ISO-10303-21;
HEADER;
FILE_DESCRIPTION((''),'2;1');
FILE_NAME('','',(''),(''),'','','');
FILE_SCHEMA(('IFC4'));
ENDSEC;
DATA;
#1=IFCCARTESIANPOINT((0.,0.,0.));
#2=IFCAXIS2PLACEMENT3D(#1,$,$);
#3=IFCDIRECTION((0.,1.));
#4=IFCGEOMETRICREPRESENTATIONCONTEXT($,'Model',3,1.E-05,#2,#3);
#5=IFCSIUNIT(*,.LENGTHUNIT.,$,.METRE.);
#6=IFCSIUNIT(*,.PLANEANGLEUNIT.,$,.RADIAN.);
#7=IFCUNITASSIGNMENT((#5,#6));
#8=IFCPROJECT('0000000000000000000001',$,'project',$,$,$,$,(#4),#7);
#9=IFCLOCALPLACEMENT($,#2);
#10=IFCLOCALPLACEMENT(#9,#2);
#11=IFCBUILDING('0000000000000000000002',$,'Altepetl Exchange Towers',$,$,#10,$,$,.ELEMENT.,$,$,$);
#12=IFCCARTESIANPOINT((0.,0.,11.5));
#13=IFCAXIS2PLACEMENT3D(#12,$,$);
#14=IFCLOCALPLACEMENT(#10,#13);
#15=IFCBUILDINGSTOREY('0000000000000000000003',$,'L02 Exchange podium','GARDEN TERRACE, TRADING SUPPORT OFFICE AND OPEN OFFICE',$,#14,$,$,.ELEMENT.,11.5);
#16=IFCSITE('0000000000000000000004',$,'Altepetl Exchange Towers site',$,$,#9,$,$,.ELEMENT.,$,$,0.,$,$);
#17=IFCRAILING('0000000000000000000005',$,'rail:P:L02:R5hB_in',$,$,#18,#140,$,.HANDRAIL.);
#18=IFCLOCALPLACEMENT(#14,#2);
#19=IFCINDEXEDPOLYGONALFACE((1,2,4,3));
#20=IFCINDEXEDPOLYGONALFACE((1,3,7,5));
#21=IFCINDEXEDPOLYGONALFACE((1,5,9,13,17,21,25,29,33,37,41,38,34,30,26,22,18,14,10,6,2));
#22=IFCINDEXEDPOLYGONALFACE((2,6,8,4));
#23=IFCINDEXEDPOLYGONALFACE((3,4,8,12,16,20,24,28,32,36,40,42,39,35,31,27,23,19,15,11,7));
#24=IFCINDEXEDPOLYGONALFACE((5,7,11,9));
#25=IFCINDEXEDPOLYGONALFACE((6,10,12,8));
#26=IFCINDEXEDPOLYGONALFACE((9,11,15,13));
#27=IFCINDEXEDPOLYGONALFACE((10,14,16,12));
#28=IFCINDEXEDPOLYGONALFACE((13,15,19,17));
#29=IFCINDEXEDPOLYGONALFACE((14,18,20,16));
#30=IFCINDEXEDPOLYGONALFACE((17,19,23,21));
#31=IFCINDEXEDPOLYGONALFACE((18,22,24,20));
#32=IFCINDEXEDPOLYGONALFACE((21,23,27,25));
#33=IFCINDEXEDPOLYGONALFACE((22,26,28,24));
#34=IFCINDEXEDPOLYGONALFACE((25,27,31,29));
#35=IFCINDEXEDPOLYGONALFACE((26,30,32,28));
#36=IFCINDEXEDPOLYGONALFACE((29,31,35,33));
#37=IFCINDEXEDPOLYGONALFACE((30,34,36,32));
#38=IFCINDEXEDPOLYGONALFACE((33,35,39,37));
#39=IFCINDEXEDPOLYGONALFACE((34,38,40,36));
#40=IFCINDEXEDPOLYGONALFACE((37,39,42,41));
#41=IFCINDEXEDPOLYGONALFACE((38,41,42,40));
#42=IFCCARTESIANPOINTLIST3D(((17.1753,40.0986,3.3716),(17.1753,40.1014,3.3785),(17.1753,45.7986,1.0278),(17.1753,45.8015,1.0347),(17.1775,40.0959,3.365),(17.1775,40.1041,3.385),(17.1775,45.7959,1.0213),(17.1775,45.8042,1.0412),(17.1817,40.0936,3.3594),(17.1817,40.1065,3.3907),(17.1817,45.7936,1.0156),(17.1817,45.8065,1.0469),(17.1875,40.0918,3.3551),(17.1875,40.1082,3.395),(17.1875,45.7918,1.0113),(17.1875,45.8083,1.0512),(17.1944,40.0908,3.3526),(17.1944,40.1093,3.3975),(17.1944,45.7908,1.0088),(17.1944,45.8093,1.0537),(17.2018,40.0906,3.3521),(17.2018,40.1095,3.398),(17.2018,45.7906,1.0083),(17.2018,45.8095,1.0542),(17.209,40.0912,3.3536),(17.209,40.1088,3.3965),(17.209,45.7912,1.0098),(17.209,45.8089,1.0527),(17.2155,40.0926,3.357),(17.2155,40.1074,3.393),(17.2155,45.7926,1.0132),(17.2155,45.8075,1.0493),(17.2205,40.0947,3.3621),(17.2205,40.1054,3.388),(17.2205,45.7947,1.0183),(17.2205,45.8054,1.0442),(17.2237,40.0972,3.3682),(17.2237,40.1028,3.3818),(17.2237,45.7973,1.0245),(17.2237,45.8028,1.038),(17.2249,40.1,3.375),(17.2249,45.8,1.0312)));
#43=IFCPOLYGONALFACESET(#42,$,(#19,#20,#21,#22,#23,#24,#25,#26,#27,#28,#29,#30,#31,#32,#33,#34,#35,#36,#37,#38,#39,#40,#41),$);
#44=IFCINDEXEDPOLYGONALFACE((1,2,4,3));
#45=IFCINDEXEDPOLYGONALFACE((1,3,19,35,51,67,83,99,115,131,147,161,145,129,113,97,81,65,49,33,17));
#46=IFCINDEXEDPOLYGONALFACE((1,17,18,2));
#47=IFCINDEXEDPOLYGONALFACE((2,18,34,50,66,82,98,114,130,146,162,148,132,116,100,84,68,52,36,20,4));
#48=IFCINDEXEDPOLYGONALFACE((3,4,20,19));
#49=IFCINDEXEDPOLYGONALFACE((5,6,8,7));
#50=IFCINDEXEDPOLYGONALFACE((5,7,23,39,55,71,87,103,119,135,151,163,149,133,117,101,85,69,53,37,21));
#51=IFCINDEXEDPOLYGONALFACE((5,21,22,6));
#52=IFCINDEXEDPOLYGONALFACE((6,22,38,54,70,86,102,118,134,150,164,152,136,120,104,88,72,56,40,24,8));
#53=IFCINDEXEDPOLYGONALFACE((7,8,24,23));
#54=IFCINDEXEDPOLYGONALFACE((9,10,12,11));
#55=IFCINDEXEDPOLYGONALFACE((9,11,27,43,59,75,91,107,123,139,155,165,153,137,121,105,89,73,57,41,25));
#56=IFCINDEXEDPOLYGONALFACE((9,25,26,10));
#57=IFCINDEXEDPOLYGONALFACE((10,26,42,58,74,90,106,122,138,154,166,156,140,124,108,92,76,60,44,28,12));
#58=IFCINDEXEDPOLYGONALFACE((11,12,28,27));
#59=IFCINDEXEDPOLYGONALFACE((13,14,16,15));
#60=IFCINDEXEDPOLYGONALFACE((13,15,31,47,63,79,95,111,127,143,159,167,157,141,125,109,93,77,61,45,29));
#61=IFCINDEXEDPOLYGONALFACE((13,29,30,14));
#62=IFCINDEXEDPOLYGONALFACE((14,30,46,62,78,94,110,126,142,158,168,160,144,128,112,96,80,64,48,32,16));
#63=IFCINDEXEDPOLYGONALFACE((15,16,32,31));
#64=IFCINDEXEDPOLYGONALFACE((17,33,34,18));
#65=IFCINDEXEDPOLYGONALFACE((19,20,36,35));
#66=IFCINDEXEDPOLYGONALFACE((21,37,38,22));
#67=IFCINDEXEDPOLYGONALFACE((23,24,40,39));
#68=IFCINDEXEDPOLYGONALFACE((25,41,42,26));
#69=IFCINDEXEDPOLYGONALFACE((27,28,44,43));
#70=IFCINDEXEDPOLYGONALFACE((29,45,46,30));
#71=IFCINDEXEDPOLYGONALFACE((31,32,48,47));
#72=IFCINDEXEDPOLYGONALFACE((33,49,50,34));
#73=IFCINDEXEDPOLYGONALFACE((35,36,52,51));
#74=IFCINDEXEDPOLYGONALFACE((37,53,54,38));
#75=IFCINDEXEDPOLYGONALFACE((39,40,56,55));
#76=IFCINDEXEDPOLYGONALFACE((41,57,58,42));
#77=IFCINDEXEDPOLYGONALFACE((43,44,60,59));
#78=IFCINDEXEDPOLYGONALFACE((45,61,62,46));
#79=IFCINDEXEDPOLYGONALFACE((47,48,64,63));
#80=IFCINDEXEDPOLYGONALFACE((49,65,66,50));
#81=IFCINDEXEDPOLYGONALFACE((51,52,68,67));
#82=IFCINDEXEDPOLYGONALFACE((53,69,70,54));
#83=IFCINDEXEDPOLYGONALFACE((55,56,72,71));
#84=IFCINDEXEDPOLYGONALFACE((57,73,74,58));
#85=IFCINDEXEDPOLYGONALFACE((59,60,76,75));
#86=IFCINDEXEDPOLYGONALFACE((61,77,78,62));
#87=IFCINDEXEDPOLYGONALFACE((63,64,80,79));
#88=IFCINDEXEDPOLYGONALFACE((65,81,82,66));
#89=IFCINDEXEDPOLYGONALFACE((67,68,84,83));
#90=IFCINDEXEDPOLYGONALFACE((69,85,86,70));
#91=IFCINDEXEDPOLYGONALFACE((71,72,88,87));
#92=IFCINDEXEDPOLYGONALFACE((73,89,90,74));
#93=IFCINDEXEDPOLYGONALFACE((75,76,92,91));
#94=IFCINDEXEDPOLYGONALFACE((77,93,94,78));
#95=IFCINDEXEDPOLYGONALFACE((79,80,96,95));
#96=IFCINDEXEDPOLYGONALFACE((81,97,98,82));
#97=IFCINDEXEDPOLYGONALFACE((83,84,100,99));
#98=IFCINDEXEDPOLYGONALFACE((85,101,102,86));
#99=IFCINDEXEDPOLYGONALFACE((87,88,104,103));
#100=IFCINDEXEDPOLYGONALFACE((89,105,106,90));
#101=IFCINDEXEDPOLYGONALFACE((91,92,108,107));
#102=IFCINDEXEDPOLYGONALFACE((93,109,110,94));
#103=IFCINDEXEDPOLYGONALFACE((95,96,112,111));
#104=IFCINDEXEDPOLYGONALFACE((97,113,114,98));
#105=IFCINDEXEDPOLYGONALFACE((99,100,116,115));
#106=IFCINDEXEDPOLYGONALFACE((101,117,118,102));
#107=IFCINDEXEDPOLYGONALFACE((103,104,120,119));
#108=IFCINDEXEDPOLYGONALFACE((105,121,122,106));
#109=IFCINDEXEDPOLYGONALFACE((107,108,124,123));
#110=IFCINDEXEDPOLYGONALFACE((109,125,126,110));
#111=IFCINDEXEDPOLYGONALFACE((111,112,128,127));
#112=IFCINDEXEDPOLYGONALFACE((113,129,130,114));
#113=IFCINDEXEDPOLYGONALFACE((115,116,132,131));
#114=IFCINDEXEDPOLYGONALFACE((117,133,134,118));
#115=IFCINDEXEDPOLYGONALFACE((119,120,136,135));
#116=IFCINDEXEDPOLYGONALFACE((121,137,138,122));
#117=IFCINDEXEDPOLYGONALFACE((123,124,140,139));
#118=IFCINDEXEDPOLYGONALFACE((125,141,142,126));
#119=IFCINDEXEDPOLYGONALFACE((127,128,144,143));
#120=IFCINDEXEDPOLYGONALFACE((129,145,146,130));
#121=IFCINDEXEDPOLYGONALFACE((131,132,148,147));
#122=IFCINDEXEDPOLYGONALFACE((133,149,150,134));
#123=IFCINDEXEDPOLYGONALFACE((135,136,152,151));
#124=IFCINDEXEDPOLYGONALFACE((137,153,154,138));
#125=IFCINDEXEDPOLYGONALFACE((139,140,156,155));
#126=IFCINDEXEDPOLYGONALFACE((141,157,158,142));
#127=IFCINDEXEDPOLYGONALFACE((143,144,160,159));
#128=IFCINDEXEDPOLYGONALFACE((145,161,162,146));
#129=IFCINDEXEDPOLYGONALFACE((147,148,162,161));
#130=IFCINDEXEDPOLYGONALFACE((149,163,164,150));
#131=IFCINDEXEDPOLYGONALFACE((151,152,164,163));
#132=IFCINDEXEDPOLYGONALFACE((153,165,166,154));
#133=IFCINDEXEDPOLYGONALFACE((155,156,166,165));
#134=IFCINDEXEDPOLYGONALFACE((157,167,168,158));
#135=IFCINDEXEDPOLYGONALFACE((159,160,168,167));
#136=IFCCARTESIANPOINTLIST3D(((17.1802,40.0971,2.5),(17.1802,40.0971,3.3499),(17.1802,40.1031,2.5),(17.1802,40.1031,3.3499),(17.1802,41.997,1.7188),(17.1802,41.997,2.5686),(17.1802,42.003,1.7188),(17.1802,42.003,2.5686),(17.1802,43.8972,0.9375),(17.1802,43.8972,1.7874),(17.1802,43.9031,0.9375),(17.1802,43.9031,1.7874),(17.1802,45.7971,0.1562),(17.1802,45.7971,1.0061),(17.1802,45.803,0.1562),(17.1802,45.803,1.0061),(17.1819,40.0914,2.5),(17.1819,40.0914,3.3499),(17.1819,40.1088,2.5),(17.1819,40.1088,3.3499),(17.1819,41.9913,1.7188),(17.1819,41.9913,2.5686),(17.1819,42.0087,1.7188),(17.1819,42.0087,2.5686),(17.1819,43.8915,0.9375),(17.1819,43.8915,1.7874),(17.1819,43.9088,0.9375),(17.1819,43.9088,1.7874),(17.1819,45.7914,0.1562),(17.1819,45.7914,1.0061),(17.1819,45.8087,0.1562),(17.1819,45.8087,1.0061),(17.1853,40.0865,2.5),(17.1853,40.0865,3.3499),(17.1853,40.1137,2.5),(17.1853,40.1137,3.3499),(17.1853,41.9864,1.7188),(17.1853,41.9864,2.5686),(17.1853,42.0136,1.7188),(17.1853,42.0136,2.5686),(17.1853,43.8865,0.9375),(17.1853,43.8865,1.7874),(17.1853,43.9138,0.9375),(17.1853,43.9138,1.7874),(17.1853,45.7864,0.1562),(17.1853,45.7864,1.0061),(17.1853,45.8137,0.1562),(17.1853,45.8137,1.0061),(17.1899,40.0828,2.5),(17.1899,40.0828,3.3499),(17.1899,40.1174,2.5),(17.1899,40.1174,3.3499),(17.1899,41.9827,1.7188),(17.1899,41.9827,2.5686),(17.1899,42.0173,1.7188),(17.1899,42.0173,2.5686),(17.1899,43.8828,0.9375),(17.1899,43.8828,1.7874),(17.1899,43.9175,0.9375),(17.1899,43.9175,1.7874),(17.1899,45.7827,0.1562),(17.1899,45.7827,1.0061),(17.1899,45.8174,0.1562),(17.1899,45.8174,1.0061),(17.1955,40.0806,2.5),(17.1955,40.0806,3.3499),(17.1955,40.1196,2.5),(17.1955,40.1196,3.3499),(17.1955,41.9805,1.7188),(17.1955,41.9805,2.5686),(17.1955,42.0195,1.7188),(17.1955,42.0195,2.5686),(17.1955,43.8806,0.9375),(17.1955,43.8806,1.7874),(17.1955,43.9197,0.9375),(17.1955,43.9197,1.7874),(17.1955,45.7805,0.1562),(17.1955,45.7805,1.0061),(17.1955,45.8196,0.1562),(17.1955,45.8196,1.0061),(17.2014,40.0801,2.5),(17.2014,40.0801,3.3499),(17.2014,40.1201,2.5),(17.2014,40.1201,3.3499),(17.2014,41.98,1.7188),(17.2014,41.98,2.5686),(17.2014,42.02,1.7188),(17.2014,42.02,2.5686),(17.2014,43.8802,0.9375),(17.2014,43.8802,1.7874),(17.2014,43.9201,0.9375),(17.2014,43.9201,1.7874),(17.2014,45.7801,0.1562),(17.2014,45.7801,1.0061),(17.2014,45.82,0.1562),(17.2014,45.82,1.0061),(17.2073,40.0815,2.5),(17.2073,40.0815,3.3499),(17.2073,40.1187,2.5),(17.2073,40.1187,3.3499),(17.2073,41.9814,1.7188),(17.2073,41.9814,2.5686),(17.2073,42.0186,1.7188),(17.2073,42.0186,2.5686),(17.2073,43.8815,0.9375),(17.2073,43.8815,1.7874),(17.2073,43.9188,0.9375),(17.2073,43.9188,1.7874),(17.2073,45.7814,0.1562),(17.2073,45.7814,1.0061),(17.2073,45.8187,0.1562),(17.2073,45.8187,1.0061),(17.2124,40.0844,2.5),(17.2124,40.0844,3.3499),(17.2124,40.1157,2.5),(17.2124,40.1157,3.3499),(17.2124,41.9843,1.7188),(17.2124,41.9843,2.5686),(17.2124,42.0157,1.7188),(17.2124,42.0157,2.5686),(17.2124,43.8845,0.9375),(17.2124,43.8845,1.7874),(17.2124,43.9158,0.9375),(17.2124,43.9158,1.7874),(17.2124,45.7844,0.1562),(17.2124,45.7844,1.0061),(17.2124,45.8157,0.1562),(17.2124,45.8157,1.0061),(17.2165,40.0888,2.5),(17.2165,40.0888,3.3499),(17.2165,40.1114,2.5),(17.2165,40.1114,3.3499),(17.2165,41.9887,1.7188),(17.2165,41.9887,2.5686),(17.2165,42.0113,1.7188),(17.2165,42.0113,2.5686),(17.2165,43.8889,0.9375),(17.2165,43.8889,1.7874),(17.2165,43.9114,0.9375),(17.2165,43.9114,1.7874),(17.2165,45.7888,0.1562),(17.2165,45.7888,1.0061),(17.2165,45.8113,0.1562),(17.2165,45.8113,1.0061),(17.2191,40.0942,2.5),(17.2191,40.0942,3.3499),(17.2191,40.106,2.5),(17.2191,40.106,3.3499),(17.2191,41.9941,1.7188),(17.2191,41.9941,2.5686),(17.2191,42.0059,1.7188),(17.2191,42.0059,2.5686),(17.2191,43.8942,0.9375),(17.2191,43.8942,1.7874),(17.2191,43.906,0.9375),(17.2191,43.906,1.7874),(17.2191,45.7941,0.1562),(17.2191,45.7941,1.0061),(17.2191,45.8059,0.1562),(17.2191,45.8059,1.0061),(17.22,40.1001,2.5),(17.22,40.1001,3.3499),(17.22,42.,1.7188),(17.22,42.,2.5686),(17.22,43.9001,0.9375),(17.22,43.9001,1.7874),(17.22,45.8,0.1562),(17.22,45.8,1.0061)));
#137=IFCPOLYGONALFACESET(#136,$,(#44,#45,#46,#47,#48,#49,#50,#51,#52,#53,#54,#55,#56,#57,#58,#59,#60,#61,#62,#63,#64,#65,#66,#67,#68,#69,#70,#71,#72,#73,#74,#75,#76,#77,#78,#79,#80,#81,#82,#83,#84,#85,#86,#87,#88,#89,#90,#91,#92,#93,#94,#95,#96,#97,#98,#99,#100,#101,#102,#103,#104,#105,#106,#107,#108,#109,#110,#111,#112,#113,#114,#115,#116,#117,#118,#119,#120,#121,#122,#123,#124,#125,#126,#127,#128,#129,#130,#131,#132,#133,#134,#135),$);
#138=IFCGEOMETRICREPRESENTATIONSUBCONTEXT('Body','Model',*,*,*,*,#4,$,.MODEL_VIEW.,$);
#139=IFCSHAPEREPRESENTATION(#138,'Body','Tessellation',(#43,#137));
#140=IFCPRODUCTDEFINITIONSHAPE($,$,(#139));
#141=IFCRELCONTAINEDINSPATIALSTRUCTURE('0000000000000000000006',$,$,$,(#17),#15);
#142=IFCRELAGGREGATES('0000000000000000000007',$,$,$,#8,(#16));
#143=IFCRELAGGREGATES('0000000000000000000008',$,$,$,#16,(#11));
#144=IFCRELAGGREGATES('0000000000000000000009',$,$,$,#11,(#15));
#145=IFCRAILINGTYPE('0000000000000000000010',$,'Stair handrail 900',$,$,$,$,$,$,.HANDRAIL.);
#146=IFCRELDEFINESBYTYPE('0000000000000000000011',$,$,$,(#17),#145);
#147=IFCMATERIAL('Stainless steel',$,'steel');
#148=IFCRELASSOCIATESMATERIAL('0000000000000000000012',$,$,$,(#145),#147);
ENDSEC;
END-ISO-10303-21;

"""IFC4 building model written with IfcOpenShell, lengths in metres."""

from ifc_helpers import new_model, si_unit, direction, frame, origin, origin_2d, place, context, subcontext, project, spatial, circle, extrude, source, transform, mapped, material, type_object, element, save


model = new_model("IFC4")

# Units and contexts
model_context = context("Model", 3, precision=1e-05, world=origin(), true_north=direction((0.0, 1.0)))
body_context = subcontext(model_context, "Body", "Model", "MODEL_VIEW")
ifc_project = project(units=[si_unit("LENGTHUNIT", "METRE"), si_unit("PLANEANGLEUNIT", "RADIAN")], contexts=[model_context])

# Site, building, storey
site_placement = place(None, origin())
site = spatial("IfcSite", under=ifc_project, at=site_placement, Name="Altepetl Exchange Towers site", CompositionType="ELEMENT", RefElevation=0.0)
building_placement = place(site_placement, origin())
building = spatial("IfcBuilding", under=site, at=building_placement, Name="Altepetl Exchange Towers", CompositionType="ELEMENT")
storey_placement = place(building_placement, frame((0.0, 0.0, 11.5)))
storey = spatial("IfcBuildingStorey", under=building, at=storey_placement, Name="L02 Exchange podium", Description="GARDEN TERRACE, TRADING SUPPORT OFFICE AND OPEN OFFICE", CompositionType="ELEMENT", Elevation=11.5)

# Railing
ifc_material_1 = material(Name="Stainless steel", Category="steel")
railing_type_1 = type_object("IfcRailingType", Name="Stair handrail 900", PredefinedType="HANDRAIL", material=ifc_material_1)
shared_shape_1 = source(origin(), body_context, "Body", "SweptSolid", [
    extrude(circle(Radius=0.02, at=origin_2d()), origin(), (0.0, 0.0, 1.0), 0.8499),
])
for number, where, name in (
    (1, (17.2, 45.8, 0.1562), "rail:P:L02:R5hB_in"),
):
    element("IfcRailing", number, at=place(storey_placement, frame(where)), inside=storey, type_object=railing_type_1, Name=name, PredefinedType="HANDRAIL", context=body_context, shape_type="SweptSolid", body=[
        extrude(circle(Radius=0.0249, at=origin_2d()), frame((0.0, 0.0, 0.875), z_axis=(0.0, -0.924866, 0.380293), x_axis=(1.0, 0.0, 0.0)), (0.0, 0.0, 1.0), 6.1631),
        mapped(shared_shape_1, transform((0.0, 0.0, 0.0))),
        mapped(shared_shape_1, transform((0.0, -1.8999, 0.7812))),
        mapped(shared_shape_1, transform((0.0, -3.8, 1.5625))),
        mapped(shared_shape_1, transform((0.0, -5.7, 2.3438))),
    ])

save(model, "model.ifc")
